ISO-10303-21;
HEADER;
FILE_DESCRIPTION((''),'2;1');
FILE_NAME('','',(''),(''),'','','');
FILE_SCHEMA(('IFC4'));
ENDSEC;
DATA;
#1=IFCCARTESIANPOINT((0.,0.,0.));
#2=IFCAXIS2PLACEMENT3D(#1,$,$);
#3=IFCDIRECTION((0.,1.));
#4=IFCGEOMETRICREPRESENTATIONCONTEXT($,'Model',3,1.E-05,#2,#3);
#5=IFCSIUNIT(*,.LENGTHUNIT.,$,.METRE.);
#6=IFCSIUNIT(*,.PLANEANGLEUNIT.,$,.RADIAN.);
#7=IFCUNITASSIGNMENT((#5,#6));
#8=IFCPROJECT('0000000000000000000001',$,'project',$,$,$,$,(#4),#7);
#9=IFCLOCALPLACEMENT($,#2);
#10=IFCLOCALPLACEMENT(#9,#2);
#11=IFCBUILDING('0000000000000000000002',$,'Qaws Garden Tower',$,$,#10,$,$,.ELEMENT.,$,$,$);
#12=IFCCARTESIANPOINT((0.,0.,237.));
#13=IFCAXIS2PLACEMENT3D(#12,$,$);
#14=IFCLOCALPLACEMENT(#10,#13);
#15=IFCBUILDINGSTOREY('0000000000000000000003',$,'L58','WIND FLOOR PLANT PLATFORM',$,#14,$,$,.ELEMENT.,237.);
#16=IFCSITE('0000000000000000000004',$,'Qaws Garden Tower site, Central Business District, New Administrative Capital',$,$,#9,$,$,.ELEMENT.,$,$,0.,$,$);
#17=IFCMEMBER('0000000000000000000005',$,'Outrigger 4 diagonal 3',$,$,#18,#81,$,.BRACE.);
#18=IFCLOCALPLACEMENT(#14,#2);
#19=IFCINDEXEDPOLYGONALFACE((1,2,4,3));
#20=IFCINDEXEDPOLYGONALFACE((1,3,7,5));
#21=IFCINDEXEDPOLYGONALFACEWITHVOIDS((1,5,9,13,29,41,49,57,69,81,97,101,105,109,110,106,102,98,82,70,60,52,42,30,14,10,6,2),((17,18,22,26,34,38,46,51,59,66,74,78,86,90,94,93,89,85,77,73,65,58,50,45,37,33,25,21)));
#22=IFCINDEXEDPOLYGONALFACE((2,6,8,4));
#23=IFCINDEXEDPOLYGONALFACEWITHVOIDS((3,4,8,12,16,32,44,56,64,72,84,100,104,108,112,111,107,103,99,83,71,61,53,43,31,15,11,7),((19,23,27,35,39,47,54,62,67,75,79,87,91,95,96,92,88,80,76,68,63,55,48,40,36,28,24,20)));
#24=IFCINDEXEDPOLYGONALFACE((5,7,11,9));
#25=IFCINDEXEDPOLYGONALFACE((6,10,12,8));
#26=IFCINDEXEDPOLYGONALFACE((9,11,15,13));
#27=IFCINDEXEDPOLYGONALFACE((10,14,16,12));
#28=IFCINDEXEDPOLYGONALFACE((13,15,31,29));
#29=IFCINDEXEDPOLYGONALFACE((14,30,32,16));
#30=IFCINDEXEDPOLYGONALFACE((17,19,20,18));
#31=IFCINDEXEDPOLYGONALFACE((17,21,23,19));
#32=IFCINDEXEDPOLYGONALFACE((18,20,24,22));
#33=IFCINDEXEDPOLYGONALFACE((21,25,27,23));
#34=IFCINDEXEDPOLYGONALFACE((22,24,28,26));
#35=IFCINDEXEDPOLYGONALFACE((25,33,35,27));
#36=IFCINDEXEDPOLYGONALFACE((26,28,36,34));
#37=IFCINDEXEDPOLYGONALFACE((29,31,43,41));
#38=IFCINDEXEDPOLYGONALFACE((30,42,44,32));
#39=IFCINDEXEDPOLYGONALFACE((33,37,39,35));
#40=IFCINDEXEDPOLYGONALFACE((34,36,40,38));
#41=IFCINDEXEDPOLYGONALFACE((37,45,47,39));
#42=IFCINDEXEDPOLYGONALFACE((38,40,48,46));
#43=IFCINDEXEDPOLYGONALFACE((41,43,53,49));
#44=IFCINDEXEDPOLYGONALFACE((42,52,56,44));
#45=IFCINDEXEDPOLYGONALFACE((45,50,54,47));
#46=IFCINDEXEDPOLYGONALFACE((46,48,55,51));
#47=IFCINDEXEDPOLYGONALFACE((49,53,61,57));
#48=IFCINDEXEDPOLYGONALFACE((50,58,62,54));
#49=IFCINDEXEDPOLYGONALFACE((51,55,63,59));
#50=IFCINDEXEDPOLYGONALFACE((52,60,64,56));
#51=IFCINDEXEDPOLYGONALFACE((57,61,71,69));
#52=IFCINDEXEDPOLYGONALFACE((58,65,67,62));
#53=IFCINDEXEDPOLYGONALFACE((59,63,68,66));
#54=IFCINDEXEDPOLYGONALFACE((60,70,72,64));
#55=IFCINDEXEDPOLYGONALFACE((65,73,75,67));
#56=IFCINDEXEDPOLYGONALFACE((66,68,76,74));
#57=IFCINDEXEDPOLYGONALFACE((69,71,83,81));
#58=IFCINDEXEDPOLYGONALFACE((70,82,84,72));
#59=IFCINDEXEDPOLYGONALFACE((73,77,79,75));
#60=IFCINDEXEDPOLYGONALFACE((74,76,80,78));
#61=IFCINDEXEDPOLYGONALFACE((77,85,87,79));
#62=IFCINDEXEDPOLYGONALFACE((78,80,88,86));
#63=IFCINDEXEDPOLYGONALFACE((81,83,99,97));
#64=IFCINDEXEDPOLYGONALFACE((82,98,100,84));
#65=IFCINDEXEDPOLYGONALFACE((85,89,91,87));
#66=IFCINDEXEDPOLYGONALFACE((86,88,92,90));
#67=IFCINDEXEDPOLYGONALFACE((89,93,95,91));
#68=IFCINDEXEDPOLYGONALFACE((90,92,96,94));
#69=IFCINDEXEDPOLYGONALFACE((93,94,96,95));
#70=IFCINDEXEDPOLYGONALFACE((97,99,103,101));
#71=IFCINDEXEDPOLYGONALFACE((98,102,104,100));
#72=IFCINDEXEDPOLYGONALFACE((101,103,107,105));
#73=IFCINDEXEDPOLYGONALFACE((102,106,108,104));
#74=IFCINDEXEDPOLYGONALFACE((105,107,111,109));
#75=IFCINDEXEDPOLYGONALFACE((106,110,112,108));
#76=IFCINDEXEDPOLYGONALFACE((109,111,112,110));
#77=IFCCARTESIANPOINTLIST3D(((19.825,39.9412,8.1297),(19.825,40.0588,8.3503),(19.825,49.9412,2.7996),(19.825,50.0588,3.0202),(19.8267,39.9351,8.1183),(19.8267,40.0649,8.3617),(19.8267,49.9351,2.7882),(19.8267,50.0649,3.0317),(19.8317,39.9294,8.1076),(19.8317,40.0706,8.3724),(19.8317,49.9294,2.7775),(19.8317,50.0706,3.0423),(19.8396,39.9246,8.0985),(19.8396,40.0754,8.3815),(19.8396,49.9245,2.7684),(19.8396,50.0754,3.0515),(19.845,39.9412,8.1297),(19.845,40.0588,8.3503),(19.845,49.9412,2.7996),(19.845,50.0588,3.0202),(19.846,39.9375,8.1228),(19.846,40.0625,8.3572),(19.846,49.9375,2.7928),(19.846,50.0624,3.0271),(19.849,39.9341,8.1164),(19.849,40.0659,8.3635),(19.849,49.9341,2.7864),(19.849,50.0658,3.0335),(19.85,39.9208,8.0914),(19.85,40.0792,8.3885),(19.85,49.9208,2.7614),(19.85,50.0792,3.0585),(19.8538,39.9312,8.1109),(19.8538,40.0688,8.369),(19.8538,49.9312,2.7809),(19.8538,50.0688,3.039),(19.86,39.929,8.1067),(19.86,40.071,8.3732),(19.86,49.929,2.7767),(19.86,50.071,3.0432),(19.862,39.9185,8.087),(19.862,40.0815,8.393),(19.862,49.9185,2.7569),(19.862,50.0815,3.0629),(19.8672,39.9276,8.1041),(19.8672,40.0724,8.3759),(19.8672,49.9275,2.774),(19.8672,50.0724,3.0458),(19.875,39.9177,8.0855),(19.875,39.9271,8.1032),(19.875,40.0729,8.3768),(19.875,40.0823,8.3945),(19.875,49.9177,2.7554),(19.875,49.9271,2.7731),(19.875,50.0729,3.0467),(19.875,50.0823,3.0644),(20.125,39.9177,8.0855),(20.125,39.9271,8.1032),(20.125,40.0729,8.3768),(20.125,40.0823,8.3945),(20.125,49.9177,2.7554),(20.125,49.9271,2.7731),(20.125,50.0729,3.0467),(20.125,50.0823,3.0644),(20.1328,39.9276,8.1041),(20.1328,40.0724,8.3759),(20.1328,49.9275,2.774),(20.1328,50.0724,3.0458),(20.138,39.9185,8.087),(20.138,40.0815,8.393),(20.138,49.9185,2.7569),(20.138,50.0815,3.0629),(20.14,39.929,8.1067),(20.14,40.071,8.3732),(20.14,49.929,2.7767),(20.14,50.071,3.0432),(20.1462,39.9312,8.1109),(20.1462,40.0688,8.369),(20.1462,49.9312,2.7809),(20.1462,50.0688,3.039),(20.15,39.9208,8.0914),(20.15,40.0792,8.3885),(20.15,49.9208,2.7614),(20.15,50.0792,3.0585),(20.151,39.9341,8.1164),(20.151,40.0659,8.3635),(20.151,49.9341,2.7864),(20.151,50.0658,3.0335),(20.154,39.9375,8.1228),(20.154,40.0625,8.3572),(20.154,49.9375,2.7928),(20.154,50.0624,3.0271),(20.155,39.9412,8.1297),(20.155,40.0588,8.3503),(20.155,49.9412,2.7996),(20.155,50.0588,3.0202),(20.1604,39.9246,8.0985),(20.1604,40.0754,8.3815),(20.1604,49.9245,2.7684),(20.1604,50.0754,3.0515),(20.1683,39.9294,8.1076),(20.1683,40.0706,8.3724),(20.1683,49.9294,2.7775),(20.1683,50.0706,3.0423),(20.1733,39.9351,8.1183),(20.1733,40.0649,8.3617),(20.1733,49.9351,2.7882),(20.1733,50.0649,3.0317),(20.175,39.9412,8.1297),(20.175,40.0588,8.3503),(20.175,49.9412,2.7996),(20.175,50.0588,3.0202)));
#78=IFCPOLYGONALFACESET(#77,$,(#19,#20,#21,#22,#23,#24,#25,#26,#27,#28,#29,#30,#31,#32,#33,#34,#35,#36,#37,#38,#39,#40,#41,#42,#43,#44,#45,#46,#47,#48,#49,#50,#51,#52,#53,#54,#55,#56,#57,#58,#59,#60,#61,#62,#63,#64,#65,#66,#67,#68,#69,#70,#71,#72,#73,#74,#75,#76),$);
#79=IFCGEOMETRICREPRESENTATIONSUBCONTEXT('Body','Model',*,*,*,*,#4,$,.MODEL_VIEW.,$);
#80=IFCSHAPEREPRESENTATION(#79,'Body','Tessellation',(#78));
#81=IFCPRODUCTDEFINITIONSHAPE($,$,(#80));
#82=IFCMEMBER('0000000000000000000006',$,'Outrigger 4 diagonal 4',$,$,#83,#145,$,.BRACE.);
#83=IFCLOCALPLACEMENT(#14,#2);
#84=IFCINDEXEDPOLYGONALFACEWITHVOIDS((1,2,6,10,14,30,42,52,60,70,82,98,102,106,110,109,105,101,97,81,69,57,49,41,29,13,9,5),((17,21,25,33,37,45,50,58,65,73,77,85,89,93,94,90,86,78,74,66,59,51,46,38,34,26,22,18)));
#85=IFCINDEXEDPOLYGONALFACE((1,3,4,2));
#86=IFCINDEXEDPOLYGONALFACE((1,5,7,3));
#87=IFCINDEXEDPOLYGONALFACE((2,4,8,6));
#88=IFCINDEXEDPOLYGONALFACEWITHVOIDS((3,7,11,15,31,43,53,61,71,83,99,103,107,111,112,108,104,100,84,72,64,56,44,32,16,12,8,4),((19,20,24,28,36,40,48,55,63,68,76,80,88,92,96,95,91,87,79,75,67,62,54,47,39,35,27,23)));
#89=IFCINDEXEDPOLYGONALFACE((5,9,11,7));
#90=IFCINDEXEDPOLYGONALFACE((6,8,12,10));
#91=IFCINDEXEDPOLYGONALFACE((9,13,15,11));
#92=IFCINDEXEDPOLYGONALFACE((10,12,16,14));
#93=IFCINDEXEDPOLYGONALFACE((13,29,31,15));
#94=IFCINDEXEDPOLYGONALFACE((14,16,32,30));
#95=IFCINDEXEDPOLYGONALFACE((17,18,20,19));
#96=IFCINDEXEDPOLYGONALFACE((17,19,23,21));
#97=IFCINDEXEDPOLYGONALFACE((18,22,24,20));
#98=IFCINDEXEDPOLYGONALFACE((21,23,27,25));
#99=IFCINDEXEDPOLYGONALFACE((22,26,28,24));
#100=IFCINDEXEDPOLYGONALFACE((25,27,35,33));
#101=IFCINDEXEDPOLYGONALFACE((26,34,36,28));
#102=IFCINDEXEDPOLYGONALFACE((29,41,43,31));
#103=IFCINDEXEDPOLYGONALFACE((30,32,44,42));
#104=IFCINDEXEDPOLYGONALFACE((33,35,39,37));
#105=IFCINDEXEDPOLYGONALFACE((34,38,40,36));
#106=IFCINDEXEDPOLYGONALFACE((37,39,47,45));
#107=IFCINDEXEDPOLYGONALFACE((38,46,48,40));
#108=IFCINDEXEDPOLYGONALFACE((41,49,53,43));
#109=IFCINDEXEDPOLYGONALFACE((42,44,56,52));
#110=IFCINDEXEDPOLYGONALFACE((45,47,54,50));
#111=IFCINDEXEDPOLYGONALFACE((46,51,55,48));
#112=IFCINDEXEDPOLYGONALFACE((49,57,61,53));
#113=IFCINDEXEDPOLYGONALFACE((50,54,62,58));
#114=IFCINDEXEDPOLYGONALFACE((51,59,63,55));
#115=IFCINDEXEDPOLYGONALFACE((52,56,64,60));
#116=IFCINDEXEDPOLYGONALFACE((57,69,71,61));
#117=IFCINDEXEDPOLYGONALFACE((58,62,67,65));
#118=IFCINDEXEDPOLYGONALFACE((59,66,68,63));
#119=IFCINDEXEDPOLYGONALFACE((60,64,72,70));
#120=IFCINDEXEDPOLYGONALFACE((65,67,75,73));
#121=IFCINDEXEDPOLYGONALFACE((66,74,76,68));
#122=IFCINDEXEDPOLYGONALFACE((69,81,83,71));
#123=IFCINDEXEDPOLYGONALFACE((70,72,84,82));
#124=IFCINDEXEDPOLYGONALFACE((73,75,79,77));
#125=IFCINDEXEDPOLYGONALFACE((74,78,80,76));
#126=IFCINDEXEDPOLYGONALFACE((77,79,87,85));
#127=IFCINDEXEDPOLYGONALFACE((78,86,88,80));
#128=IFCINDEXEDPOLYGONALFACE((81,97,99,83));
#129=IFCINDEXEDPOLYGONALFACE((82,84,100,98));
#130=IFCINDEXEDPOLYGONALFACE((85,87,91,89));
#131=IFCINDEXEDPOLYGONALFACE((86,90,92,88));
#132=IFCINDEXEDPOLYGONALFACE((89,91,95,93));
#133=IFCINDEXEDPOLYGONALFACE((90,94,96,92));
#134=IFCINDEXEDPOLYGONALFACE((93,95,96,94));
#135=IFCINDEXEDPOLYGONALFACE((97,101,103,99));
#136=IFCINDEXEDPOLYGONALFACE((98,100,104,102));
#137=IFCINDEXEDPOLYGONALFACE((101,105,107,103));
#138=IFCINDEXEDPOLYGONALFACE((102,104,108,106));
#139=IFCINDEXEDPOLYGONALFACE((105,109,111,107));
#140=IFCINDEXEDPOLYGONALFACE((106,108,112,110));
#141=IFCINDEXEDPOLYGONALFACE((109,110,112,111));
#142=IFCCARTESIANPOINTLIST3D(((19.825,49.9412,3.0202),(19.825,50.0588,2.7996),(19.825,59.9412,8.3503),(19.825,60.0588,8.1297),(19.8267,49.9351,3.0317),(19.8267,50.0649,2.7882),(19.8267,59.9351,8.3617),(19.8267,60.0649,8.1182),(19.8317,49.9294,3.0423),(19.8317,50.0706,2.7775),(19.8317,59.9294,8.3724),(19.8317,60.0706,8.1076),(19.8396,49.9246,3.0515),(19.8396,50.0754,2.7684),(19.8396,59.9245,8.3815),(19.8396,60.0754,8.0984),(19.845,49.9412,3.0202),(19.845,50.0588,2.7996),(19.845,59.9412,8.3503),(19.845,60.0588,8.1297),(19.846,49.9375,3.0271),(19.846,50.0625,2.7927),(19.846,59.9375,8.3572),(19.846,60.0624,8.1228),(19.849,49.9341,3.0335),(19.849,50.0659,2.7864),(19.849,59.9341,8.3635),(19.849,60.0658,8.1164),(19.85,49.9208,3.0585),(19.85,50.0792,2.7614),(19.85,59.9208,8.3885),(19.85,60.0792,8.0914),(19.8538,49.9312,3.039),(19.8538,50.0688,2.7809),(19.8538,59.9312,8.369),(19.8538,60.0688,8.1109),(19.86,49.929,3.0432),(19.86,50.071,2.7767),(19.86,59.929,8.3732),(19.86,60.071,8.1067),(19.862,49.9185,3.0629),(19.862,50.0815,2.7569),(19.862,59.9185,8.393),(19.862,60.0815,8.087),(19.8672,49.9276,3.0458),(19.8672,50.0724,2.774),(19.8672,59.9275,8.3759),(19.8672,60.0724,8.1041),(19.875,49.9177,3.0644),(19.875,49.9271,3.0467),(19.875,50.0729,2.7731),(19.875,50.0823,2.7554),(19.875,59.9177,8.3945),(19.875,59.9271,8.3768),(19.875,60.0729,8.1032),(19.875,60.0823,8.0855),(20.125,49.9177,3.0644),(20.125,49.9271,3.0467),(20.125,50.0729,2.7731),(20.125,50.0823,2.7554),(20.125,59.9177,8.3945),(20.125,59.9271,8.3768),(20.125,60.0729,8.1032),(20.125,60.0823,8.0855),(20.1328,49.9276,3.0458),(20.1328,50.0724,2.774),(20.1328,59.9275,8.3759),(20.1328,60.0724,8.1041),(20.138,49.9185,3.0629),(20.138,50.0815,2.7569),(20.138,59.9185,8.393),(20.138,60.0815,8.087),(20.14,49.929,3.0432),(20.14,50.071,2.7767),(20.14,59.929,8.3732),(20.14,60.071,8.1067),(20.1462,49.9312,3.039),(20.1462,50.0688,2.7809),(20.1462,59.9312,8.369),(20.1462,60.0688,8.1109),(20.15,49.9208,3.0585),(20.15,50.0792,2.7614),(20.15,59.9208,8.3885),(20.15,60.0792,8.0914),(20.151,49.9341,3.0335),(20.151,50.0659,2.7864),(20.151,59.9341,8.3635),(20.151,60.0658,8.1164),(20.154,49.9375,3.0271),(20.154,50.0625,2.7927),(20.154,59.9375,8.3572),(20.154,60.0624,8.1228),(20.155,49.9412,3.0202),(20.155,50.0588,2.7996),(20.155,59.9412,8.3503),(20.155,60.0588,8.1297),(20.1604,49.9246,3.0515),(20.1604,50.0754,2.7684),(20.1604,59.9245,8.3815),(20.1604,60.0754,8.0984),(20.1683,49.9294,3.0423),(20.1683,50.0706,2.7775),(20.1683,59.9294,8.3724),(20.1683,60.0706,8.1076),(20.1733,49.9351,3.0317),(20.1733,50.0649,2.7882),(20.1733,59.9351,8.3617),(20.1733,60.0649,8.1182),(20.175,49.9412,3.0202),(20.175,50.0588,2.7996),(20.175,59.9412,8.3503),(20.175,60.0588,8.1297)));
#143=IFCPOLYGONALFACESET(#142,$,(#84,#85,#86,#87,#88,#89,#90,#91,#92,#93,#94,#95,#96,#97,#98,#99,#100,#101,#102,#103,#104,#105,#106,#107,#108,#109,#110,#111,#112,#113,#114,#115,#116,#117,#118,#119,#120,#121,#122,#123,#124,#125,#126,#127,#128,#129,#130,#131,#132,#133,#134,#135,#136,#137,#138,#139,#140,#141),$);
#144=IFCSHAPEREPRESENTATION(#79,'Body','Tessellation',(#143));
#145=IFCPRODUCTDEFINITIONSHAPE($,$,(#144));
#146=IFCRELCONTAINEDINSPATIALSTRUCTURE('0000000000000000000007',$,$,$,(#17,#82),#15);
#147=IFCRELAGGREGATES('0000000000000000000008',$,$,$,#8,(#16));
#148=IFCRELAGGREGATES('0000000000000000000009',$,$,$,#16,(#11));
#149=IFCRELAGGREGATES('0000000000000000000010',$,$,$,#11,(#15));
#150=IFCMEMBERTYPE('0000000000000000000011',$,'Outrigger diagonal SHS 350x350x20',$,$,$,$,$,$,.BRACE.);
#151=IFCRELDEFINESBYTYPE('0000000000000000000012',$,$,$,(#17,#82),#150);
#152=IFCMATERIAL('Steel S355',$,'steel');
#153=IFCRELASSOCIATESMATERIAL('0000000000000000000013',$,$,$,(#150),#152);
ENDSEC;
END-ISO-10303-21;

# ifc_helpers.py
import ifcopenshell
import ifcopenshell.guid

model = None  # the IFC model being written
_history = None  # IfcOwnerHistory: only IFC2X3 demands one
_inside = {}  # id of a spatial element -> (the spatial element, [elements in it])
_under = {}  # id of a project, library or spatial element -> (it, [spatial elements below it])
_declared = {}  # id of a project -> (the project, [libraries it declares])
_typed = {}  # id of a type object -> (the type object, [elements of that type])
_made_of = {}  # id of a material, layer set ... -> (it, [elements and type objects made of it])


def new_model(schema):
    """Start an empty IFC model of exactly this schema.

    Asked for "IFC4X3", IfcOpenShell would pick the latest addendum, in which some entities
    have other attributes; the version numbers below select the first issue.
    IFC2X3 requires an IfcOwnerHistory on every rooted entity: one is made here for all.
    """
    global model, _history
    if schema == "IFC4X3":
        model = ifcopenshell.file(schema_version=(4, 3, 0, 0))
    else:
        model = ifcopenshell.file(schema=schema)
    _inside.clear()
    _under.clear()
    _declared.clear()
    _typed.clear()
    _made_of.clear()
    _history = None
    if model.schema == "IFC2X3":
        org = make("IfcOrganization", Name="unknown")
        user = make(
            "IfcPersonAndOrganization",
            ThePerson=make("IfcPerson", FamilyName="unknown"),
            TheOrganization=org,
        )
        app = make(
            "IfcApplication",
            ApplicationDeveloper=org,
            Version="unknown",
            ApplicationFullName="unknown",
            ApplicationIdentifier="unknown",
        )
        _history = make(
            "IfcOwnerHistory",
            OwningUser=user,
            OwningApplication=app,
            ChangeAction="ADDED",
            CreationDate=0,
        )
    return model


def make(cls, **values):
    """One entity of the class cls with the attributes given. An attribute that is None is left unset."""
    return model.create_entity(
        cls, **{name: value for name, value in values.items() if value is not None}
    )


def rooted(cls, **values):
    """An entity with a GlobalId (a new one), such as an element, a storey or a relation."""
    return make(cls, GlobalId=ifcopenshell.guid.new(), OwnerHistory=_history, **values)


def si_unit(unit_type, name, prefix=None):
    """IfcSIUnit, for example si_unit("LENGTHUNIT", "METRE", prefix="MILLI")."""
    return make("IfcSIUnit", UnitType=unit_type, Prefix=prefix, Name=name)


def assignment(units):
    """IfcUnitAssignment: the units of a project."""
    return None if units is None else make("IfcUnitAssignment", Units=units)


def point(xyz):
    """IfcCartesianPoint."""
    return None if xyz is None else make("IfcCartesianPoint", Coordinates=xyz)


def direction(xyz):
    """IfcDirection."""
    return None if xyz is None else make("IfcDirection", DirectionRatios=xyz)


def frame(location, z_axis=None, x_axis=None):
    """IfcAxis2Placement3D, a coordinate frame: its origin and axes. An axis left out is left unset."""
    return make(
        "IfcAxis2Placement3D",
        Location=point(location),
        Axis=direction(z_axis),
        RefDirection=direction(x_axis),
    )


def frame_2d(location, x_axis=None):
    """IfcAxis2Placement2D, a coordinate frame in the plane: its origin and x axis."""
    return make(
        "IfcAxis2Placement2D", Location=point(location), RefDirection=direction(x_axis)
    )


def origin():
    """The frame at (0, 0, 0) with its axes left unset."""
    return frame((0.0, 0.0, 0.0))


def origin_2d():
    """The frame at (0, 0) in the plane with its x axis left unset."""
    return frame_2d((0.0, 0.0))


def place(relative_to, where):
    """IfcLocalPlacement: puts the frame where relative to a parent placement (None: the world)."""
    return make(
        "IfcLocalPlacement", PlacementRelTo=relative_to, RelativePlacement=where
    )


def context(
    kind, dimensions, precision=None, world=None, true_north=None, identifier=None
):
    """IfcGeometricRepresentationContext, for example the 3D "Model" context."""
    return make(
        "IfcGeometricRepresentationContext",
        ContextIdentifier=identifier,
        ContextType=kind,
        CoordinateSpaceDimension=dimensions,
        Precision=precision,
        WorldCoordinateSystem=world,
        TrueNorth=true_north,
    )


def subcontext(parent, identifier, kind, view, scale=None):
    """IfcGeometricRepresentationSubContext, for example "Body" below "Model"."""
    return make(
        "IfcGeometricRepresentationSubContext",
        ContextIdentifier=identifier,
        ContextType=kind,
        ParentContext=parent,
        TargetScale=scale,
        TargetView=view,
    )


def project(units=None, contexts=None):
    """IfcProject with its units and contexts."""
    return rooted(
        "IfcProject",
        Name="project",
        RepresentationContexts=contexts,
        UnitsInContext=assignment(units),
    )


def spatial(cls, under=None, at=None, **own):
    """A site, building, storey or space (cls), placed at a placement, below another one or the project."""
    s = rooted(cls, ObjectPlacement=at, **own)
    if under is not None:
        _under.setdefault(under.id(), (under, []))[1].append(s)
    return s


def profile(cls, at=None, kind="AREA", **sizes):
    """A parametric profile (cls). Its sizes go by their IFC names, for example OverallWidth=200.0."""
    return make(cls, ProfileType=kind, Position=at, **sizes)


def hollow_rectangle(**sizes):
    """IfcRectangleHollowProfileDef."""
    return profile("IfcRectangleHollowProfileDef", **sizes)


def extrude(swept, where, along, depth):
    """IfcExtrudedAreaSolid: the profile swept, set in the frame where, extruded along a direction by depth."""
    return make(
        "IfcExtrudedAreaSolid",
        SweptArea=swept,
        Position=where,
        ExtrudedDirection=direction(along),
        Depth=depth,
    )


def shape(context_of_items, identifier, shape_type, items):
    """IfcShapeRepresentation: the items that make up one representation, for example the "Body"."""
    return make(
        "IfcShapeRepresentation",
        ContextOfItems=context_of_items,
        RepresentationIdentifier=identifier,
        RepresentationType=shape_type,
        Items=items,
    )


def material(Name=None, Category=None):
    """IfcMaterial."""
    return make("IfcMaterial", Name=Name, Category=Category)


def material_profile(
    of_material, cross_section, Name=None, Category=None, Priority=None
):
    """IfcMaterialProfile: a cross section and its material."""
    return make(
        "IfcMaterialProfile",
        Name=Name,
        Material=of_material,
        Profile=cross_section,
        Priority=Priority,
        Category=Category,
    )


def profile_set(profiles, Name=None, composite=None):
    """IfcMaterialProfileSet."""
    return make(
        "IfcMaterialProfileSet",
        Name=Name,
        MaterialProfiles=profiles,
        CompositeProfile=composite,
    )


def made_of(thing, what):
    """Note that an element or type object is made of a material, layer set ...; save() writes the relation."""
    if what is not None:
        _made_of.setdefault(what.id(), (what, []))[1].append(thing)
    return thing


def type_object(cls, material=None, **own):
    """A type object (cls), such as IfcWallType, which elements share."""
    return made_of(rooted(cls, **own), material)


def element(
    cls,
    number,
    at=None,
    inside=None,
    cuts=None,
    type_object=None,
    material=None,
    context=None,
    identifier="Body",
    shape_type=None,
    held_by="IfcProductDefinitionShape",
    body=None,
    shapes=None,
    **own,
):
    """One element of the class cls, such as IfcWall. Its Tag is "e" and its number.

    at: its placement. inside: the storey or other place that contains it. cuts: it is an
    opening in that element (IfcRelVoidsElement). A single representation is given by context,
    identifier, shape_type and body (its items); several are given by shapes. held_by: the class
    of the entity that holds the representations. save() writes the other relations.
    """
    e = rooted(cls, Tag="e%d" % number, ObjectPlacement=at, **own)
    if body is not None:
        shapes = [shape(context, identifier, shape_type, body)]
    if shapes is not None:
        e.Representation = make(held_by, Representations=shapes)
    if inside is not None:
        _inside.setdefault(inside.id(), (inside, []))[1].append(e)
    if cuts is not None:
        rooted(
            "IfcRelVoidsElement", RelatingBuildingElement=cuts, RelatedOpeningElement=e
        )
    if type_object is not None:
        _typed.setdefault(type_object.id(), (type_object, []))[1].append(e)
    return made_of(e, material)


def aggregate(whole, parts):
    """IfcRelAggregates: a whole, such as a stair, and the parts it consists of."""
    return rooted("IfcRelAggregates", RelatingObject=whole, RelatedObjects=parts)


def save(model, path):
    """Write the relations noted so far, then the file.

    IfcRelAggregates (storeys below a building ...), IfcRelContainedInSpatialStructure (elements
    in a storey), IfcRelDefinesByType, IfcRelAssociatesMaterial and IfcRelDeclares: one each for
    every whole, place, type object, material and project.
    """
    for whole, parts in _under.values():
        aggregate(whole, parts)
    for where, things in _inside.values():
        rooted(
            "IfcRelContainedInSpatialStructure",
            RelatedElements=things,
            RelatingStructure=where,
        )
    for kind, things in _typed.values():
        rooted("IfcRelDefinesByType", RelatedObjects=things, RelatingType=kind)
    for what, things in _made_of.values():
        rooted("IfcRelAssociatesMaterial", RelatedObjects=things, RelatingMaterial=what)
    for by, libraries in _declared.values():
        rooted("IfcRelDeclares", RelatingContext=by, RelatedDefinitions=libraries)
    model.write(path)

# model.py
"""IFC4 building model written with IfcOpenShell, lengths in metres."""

from ifc_helpers import new_model, si_unit, direction, frame, origin, origin_2d, place, context, subcontext, project, spatial, hollow_rectangle, extrude, material, material_profile, profile_set, type_object, element, save


model = new_model("IFC4")

# Units and contexts
model_context = context("Model", 3, precision=1e-05, world=origin(), true_north=direction((0.0, 1.0)))
body_context = subcontext(model_context, "Body", "Model", "MODEL_VIEW")
ifc_project = project(units=[si_unit("LENGTHUNIT", "METRE"), si_unit("PLANEANGLEUNIT", "RADIAN")], contexts=[model_context])

# Site, building, storey
site_placement = place(None, origin())
site = spatial("IfcSite", under=ifc_project, at=site_placement, Name="Qaws Garden Tower site, Central Business District, New Administrative Capital", CompositionType="ELEMENT", RefElevation=0.0)
building_placement = place(site_placement, origin())
building = spatial("IfcBuilding", under=site, at=building_placement, Name="Qaws Garden Tower", CompositionType="ELEMENT")
storey_placement = place(building_placement, frame((0.0, 0.0, 237.0)))
storey = spatial("IfcBuildingStorey", under=building, at=storey_placement, Name="L58", Description="WIND FLOOR PLANT PLATFORM", CompositionType="ELEMENT", Elevation=237.0)

# Members
ifc_material_1 = material(Name="Steel S355", Category="steel")
ifc_material_profile_1 = material_profile(ifc_material_1, hollow_rectangle(XDim=0.3501, YDim=0.3501, WallThickness=0.02, InnerFilletRadius=0.03, OuterFilletRadius=0.05, at=origin_2d()), Name="SHS 350x350x20")
ifc_profile_set_1 = profile_set([ifc_material_profile_1], Name="Steel S355")
member_type_1 = type_object("IfcMemberType", Name="Outrigger diagonal SHS 350x350x20", PredefinedType="BRACE", material=ifc_profile_set_1)
for number, where, z_axis, x_axis, name in (
    (1, (20.0, 40.0, 8.24), (0.0, 0.882472, -0.470365), (-1.0, 0.0, 0.0), "Outrigger 4 diagonal 3"),
    (2, (20.0, 50.0, 2.9099), (0.0, 0.882472, 0.470365), (-1.0, 0.0, 0.0), "Outrigger 4 diagonal 4"),
):
    element("IfcMember", number, at=place(storey_placement, frame(where, z_axis=z_axis, x_axis=x_axis)), inside=storey, type_object=member_type_1, Name=name, PredefinedType="BRACE", context=body_context, shape_type="SweptSolid", body=[
        extrude(hollow_rectangle(XDim=0.3501, YDim=0.3501, WallThickness=0.02, InnerFilletRadius=0.03, OuterFilletRadius=0.05, at=origin_2d()), origin(), (0.0, 0.0, 1.0), 11.3318),
    ])

save(model, "model.ifc")
